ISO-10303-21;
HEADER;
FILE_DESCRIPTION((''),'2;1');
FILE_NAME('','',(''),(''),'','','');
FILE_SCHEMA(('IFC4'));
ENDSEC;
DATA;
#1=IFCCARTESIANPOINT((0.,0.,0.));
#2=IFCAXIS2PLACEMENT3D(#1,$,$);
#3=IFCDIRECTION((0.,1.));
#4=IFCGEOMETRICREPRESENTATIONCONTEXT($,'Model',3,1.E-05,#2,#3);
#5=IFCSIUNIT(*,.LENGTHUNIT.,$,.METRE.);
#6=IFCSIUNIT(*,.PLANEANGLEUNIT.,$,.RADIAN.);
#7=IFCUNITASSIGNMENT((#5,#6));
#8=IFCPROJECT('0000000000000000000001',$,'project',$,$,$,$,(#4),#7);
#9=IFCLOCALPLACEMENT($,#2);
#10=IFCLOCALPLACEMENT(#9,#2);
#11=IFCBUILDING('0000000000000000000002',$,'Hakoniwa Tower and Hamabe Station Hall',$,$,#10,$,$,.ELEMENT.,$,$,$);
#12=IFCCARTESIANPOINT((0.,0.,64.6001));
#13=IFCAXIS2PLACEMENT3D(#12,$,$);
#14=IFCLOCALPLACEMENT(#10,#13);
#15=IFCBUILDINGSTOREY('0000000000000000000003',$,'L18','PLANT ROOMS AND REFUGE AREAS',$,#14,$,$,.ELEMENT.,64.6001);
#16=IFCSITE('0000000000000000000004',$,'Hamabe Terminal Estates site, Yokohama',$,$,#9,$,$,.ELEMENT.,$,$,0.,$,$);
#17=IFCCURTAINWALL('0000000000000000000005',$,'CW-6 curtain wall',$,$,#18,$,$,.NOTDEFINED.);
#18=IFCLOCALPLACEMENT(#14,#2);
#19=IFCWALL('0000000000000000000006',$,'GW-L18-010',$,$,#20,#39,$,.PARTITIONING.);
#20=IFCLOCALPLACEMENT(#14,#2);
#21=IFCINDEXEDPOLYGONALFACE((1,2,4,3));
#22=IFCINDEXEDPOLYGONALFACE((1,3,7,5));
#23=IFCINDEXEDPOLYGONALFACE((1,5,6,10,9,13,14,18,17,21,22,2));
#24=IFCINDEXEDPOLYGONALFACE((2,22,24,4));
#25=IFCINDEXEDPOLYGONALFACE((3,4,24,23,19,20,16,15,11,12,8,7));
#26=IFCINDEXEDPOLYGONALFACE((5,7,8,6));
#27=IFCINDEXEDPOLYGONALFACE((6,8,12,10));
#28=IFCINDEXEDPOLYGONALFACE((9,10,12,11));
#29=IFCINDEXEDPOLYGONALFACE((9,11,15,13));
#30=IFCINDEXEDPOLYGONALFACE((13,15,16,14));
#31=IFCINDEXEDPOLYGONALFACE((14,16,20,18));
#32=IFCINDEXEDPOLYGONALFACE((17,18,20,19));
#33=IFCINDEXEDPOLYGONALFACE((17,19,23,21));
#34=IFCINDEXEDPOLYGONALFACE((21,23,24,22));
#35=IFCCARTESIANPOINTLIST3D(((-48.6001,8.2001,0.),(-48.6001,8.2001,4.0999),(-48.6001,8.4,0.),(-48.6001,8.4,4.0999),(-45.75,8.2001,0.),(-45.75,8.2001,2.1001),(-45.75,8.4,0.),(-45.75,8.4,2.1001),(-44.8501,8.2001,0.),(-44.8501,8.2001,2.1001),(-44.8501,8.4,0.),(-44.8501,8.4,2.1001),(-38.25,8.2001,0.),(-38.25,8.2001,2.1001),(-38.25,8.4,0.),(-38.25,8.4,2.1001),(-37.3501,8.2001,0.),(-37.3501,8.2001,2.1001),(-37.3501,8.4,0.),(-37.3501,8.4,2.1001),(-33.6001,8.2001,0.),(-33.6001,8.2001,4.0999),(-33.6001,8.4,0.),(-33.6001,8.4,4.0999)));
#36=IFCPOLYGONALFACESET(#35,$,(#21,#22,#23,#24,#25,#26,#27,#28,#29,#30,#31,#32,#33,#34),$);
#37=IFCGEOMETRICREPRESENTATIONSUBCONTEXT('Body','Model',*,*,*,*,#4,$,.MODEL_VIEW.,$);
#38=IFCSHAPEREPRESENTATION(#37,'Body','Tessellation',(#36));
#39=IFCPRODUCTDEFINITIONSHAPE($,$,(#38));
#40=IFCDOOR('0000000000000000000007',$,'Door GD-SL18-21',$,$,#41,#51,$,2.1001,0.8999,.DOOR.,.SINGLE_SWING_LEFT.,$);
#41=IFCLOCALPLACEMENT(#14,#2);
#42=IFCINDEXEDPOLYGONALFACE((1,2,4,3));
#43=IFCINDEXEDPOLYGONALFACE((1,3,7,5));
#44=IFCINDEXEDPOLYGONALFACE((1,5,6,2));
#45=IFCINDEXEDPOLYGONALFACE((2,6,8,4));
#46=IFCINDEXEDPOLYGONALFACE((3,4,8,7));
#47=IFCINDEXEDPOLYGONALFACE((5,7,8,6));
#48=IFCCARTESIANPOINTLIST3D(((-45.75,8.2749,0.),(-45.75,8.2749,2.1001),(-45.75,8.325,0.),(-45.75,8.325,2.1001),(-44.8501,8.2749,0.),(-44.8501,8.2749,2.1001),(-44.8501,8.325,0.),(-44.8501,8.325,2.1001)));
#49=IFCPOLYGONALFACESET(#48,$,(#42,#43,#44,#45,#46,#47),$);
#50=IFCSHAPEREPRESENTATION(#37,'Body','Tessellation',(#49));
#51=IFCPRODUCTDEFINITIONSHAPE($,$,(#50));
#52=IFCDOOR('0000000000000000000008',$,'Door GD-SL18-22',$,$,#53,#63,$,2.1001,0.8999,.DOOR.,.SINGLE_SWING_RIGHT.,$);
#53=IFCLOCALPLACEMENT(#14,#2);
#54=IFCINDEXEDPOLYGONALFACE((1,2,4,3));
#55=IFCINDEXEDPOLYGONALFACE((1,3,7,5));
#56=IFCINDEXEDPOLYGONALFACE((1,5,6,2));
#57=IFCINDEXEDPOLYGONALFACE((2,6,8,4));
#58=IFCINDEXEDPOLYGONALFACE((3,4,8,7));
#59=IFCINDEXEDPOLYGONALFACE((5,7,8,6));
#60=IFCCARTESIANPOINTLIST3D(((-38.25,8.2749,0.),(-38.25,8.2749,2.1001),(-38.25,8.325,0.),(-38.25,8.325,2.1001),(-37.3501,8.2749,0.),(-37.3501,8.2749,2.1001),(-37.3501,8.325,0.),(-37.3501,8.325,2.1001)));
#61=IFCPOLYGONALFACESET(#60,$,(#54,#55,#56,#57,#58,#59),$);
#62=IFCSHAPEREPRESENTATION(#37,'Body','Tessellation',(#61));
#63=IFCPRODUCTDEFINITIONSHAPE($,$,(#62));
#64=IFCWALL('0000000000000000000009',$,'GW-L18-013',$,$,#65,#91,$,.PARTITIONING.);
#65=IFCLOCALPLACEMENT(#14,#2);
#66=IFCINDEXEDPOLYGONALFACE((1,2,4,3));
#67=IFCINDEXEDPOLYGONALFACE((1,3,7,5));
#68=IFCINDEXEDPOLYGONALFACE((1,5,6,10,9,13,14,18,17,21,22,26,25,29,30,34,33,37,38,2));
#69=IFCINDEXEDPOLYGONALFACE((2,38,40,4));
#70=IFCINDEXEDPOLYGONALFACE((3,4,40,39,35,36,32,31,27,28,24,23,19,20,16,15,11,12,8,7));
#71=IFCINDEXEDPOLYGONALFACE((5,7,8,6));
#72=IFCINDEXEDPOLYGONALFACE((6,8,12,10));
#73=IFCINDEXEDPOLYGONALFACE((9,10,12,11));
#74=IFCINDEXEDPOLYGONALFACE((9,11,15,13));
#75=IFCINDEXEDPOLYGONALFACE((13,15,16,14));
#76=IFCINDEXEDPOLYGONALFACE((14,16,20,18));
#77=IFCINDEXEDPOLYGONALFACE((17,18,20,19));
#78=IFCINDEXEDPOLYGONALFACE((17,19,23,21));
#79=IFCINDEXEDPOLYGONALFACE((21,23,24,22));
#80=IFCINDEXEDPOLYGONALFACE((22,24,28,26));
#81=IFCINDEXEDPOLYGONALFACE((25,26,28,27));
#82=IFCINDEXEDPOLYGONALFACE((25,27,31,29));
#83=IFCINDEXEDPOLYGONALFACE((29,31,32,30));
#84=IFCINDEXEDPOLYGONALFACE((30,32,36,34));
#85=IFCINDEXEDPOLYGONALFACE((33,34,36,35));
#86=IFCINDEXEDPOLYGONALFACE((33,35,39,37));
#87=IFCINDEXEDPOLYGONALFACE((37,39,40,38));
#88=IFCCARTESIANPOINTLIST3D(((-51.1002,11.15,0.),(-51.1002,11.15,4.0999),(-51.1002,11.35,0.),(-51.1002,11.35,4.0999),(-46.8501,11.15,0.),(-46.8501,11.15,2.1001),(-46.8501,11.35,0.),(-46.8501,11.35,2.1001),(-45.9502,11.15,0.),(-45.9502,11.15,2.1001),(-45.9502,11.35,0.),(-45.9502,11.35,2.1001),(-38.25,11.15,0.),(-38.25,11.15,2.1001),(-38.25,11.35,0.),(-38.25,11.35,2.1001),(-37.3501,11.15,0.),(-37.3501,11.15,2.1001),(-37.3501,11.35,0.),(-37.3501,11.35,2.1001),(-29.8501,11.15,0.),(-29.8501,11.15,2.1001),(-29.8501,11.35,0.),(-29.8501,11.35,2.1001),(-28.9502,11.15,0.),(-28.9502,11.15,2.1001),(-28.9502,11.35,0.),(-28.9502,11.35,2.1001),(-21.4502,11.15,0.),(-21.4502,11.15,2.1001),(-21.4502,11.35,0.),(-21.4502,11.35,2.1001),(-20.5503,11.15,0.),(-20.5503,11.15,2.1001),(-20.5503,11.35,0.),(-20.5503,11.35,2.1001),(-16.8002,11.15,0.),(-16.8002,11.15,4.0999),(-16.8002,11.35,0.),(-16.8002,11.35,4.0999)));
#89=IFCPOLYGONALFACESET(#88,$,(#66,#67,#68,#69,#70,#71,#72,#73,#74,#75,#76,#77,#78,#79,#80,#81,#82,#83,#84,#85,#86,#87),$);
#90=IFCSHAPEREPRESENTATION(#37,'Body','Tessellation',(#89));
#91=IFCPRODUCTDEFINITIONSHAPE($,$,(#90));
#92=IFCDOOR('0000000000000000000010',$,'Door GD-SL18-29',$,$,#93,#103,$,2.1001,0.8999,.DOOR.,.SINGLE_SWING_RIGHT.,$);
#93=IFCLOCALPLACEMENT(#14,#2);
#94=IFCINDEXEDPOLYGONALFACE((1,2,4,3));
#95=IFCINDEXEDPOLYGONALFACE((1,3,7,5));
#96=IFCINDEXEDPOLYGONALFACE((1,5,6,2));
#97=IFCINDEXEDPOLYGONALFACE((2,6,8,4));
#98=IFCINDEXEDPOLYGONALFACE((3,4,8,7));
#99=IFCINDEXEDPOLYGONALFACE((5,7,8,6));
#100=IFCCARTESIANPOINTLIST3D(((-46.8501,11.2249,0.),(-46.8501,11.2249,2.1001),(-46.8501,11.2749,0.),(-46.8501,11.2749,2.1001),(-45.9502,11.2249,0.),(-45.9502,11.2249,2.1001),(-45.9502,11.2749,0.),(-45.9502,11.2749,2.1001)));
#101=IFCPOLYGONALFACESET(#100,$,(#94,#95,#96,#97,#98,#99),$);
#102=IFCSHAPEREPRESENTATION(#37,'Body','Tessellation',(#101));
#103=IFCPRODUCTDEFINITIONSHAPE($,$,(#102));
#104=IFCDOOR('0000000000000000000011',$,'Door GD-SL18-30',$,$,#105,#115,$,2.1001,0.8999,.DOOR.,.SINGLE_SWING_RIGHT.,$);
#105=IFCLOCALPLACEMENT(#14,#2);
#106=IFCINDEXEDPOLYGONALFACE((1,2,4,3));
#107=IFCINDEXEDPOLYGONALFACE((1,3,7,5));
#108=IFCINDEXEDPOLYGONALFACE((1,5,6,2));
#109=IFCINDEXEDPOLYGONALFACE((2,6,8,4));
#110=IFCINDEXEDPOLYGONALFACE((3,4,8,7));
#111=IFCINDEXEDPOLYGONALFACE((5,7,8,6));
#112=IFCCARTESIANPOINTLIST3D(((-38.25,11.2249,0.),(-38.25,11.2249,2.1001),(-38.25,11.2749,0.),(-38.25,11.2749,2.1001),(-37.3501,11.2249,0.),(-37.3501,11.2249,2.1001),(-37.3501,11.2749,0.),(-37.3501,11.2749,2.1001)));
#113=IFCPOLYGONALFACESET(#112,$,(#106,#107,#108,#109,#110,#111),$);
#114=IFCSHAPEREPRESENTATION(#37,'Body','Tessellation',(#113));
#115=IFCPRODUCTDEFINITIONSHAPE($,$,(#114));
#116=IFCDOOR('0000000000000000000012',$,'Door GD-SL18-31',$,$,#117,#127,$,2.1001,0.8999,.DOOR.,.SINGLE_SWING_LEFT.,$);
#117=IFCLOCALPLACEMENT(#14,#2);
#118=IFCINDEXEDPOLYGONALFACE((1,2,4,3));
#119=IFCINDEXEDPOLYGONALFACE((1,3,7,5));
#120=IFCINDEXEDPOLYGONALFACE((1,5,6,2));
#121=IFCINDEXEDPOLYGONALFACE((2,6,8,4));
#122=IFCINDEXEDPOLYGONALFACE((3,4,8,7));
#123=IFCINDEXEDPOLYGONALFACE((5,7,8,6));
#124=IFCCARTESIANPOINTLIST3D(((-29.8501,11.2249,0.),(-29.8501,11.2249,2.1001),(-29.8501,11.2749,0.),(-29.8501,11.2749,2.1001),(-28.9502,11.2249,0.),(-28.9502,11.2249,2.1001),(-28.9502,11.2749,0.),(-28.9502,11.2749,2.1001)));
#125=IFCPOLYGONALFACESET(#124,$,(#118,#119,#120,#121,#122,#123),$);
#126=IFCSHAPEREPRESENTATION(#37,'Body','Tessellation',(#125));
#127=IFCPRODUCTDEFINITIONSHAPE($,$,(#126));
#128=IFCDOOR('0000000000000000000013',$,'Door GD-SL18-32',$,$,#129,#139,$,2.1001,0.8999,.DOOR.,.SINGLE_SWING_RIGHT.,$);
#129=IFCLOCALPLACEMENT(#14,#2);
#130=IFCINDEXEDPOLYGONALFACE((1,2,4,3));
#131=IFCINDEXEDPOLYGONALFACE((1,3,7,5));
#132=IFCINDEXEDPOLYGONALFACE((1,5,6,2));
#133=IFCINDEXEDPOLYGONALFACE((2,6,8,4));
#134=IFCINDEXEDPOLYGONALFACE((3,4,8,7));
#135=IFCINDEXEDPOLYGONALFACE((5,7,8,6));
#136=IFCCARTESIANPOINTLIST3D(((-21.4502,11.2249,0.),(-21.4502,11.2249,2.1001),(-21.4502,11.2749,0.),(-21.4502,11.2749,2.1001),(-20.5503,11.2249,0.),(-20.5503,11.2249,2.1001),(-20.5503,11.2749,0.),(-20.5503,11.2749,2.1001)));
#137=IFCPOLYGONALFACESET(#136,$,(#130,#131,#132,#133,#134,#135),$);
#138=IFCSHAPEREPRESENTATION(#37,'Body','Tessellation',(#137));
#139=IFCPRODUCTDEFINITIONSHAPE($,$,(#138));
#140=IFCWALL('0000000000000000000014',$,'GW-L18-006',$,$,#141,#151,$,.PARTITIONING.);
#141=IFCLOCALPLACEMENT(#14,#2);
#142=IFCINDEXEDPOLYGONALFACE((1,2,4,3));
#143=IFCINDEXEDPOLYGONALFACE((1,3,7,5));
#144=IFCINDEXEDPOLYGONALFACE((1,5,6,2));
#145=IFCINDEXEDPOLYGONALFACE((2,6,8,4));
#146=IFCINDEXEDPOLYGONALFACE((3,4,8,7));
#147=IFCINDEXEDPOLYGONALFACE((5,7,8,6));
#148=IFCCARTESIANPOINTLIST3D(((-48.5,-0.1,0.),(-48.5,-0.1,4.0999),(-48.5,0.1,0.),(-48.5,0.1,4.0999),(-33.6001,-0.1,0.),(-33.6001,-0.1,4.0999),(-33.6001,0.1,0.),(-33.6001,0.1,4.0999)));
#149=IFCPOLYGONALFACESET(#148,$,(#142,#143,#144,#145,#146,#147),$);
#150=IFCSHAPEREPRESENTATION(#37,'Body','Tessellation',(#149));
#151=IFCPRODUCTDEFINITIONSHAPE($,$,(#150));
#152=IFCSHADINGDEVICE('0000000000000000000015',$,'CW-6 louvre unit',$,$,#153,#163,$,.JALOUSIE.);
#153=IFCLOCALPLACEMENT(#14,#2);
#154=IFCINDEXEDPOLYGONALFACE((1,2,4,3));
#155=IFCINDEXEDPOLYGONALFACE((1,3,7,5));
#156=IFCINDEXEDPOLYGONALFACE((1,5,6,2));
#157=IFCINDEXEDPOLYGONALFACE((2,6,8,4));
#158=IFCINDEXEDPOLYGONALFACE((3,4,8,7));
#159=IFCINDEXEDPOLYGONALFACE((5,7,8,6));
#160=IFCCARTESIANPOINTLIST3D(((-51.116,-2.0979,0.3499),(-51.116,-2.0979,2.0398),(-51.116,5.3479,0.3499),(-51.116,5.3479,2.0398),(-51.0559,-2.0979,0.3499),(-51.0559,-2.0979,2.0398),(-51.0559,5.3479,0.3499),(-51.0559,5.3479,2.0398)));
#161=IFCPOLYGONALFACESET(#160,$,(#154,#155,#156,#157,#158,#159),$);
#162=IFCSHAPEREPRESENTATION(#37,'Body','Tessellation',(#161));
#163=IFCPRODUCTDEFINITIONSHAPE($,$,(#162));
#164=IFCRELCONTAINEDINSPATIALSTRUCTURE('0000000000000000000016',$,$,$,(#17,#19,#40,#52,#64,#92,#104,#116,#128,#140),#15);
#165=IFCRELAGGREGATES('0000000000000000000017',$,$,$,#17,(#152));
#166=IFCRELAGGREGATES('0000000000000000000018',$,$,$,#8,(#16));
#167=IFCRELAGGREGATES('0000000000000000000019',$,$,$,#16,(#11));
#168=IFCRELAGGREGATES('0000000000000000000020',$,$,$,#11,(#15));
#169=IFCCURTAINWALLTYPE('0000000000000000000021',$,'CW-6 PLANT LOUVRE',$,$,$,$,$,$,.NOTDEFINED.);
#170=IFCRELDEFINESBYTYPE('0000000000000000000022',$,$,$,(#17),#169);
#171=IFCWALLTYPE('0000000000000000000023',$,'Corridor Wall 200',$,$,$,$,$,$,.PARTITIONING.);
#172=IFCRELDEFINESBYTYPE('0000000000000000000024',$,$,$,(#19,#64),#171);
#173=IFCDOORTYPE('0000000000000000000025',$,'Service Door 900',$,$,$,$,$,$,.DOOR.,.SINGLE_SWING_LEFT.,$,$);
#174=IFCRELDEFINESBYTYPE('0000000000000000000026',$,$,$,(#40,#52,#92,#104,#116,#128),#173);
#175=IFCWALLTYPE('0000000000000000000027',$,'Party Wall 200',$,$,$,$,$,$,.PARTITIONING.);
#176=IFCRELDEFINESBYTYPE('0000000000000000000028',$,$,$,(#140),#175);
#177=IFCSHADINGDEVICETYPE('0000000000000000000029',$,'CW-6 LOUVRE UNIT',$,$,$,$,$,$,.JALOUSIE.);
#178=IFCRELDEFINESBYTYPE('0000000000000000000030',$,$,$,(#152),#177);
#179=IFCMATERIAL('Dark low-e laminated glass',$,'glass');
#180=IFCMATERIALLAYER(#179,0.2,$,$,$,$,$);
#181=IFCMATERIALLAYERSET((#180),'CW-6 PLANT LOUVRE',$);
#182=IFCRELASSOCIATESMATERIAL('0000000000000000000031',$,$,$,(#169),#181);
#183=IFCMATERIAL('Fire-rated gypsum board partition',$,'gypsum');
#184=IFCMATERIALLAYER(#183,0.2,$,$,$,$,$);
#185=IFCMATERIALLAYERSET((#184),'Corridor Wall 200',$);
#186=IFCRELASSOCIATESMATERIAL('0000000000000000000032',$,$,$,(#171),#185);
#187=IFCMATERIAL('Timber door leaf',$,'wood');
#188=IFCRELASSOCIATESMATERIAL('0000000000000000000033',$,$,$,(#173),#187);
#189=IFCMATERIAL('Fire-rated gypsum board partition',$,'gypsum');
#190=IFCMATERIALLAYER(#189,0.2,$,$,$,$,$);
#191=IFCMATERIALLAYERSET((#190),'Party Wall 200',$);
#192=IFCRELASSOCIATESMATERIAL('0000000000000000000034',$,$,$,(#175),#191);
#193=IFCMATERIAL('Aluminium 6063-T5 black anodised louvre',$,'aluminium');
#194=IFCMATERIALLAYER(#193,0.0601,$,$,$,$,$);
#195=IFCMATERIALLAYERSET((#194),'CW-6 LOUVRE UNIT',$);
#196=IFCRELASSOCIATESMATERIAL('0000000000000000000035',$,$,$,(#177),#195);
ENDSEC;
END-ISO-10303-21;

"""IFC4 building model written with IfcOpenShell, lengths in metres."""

from ifc_helpers import new_model, si_unit, direction, frame, frame_2d, origin, origin_2d, place, context, subcontext, project, spatial, rectangle, extrude, material, layer, layer_set, type_object, element, fill, aggregate, save


model = new_model("IFC4")

# Units and contexts
model_context = context("Model", 3, precision=1e-05, world=origin(), true_north=direction((0.0, 1.0)))
body_context = subcontext(model_context, "Body", "Model", "MODEL_VIEW")
ifc_project = project(units=[si_unit("LENGTHUNIT", "METRE"), si_unit("PLANEANGLEUNIT", "RADIAN")], contexts=[model_context])

# Site, building, storey
site_placement = place(None, origin())
site = spatial("IfcSite", under=ifc_project, at=site_placement, Name="Hamabe Terminal Estates site, Yokohama", CompositionType="ELEMENT", RefElevation=0.0)
building_placement = place(site_placement, origin())
building = spatial("IfcBuilding", under=site, at=building_placement, Name="Hakoniwa Tower and Hamabe Station Hall", CompositionType="ELEMENT")
storey_placement = place(building_placement, frame((0.0, 0.0, 64.6001)))
storey = spatial("IfcBuildingStorey", under=building, at=storey_placement, Name="L18", Description="PLANT ROOMS AND REFUGE AREAS", CompositionType="ELEMENT", Elevation=64.6001)

# Curtain wall
ifc_material_1 = material(Name="Dark low-e laminated glass", Category="glass")
ifc_layer_1 = layer(ifc_material_1, 0.2)
ifc_layer_set_1 = layer_set([ifc_layer_1], Name="CW-6 PLANT LOUVRE")
curtain_wall_type = type_object("IfcCurtainWallType", Name="CW-6 PLANT LOUVRE", PredefinedType="NOTDEFINED", material=ifc_layer_set_1)
curtain_wall_placement = place(storey_placement, origin())
curtain_wall = element("IfcCurtainWall", 1, at=curtain_wall_placement, inside=storey, type_object=curtain_wall_type, Name="CW-6 curtain wall", PredefinedType="NOTDEFINED")

# Walls, openings, doors
ifc_material_2 = material(Name="Fire-rated gypsum board partition", Category="gypsum")
ifc_layer_2 = layer(ifc_material_2, 0.2)
ifc_layer_set_2 = layer_set([ifc_layer_2], Name="Corridor Wall 200")
wall_type_1 = type_object("IfcWallType", Name="Corridor Wall 200", PredefinedType="PARTITIONING", material=ifc_layer_set_2)
wall_1_placement = place(storey_placement, frame((-48.6001, 8.3, 0.0), z_axis=(0.0, 0.0, 1.0), x_axis=(1.0, 0.0, 0.0)))
wall_1 = element("IfcWall", 2, at=wall_1_placement, inside=storey, type_object=wall_type_1, Name="GW-L18-010", PredefinedType="PARTITIONING", context=body_context, shape_type="SweptSolid", body=[
    extrude(rectangle(XDim=15.0, YDim=0.2, at=frame_2d((7.5, 0.0))), origin(), (0.0, 0.0, 1.0), 4.0999),
])
opening_1_placement = place(wall_1_placement, frame((2.8501, 0.0, 0.0)))
opening_1 = element("IfcOpeningElement", 3, at=opening_1_placement, cuts=wall_1, PredefinedType="OPENING", context=body_context, shape_type="SweptSolid", body=[
    extrude(rectangle(XDim=0.8999, YDim=2.1001, at=frame_2d((0.45, 1.05))), frame((0.0, 0.1099, 0.0), z_axis=(0.0, -1.0, 0.0), x_axis=(1.0, 0.0, 0.0)), (0.0, 0.0, 1.0), 0.22),
])
opening_2_placement = place(wall_1_placement, frame((10.3501, 0.0, 0.0)))
opening_2 = element("IfcOpeningElement", 4, at=opening_2_placement, cuts=wall_1, PredefinedType="OPENING", context=body_context, shape_type="SweptSolid", body=[
    extrude(rectangle(XDim=0.8999, YDim=2.1001, at=frame_2d((0.45, 1.05))), frame((0.0, 0.1099, 0.0), z_axis=(0.0, -1.0, 0.0), x_axis=(1.0, 0.0, 0.0)), (0.0, 0.0, 1.0), 0.22),
])
ifc_material_3 = material(Name="Timber door leaf", Category="wood")
door_type = type_object("IfcDoorType", Name="Service Door 900", OperationType="SINGLE_SWING_LEFT", PredefinedType="DOOR", material=ifc_material_3)
door_1_placement = place(opening_1_placement, origin())
door_1 = element("IfcDoor", 5, at=door_1_placement, inside=storey, type_object=door_type, Name="Door GD-SL18-21", OperationType="SINGLE_SWING_LEFT", OverallHeight=2.1001, OverallWidth=0.8999, PredefinedType="DOOR", context=body_context, shape_type="SweptSolid", body=[
    extrude(rectangle(XDim=0.8999, YDim=2.1001, at=frame_2d((0.45, 1.05))), frame((0.0, 0.0249, 0.0), z_axis=(0.0, -1.0, 0.0), x_axis=(1.0, 0.0, 0.0)), (0.0, 0.0, 1.0), 0.05),
])
fill(opening_1, door_1)
door_2_placement = place(opening_2_placement, origin())
door_2 = element("IfcDoor", 6, at=door_2_placement, inside=storey, type_object=door_type, Name="Door GD-SL18-22", OperationType="SINGLE_SWING_RIGHT", OverallHeight=2.1001, OverallWidth=0.8999, PredefinedType="DOOR", context=body_context, shape_type="SweptSolid", body=[
    extrude(rectangle(XDim=0.8999, YDim=2.1001, at=frame_2d((0.45, 1.05))), frame((0.0, 0.0249, 0.0), z_axis=(0.0, -1.0, 0.0), x_axis=(1.0, 0.0, 0.0)), (0.0, 0.0, 1.0), 0.05),
])
fill(opening_2, door_2)
wall_2_placement = place(storey_placement, frame((-51.1001, 11.25, 0.0), z_axis=(0.0, 0.0, 1.0), x_axis=(1.0, 0.0, 0.0)))
wall_2 = element("IfcWall", 7, at=wall_2_placement, inside=storey, type_object=wall_type_1, Name="GW-L18-013", PredefinedType="PARTITIONING", context=body_context, shape_type="SweptSolid", body=[
    extrude(rectangle(XDim=34.3, YDim=0.2, at=frame_2d((17.1499, 0.0))), origin(), (0.0, 0.0, 1.0), 4.0999),
])
opening_3_placement = place(wall_2_placement, frame((4.25, 0.0, 0.0)))
opening_3 = element("IfcOpeningElement", 8, at=opening_3_placement, cuts=wall_2, PredefinedType="OPENING", context=body_context, shape_type="SweptSolid", body=[
    extrude(rectangle(XDim=0.8999, YDim=2.1001, at=frame_2d((0.45, 1.05))), frame((0.0, 0.1099, 0.0), z_axis=(0.0, -1.0, 0.0), x_axis=(1.0, 0.0, 0.0)), (0.0, 0.0, 1.0), 0.22),
])
opening_4_placement = place(wall_2_placement, frame((12.8501, 0.0, 0.0)))
opening_4 = element("IfcOpeningElement", 9, at=opening_4_placement, cuts=wall_2, PredefinedType="OPENING", context=body_context, shape_type="SweptSolid", body=[
    extrude(rectangle(XDim=0.8999, YDim=2.1001, at=frame_2d((0.45, 1.05))), frame((0.0, 0.1099, 0.0), z_axis=(0.0, -1.0, 0.0), x_axis=(1.0, 0.0, 0.0)), (0.0, 0.0, 1.0), 0.22),
])
opening_5_placement = place(wall_2_placement, frame((21.25, 0.0, 0.0)))
opening_5 = element("IfcOpeningElement", 10, at=opening_5_placement, cuts=wall_2, PredefinedType="OPENING", context=body_context, shape_type="SweptSolid", body=[
    extrude(rectangle(XDim=0.8999, YDim=2.1001, at=frame_2d((0.45, 1.05))), frame((0.0, 0.1099, 0.0), z_axis=(0.0, -1.0, 0.0), x_axis=(1.0, 0.0, 0.0)), (0.0, 0.0, 1.0), 0.22),
])
opening_6_placement = place(wall_2_placement, frame((29.6499, 0.0, 0.0)))
opening_6 = element("IfcOpeningElement", 11, at=opening_6_placement, cuts=wall_2, PredefinedType="OPENING", context=body_context, shape_type="SweptSolid", body=[
    extrude(rectangle(XDim=0.8999, YDim=2.1001, at=frame_2d((0.45, 1.05))), frame((0.0, 0.1099, 0.0), z_axis=(0.0, -1.0, 0.0), x_axis=(1.0, 0.0, 0.0)), (0.0, 0.0, 1.0), 0.22),
])
door_3_placement = place(opening_3_placement, origin())
door_3 = element("IfcDoor", 12, at=door_3_placement, inside=storey, type_object=door_type, Name="Door GD-SL18-29", OperationType="SINGLE_SWING_RIGHT", OverallHeight=2.1001, OverallWidth=0.8999, PredefinedType="DOOR", context=body_context, shape_type="SweptSolid", body=[
    extrude(rectangle(XDim=0.8999, YDim=2.1001, at=frame_2d((0.45, 1.05))), frame((0.0, 0.0249, 0.0), z_axis=(0.0, -1.0, 0.0), x_axis=(1.0, 0.0, 0.0)), (0.0, 0.0, 1.0), 0.05),
])
fill(opening_3, door_3)
door_4_placement = place(opening_4_placement, origin())
door_4 = element("IfcDoor", 13, at=door_4_placement, inside=storey, type_object=door_type, Name="Door GD-SL18-30", OperationType="SINGLE_SWING_RIGHT", OverallHeight=2.1001, OverallWidth=0.8999, PredefinedType="DOOR", context=body_context, shape_type="SweptSolid", body=[
    extrude(rectangle(XDim=0.8999, YDim=2.1001, at=frame_2d((0.45, 1.05))), frame((0.0, 0.0249, 0.0), z_axis=(0.0, -1.0, 0.0), x_axis=(1.0, 0.0, 0.0)), (0.0, 0.0, 1.0), 0.05),
])
fill(opening_4, door_4)
door_5_placement = place(opening_5_placement, origin())
door_5 = element("IfcDoor", 14, at=door_5_placement, inside=storey, type_object=door_type, Name="Door GD-SL18-31", OperationType="SINGLE_SWING_LEFT", OverallHeight=2.1001, OverallWidth=0.8999, PredefinedType="DOOR", context=body_context, shape_type="SweptSolid", body=[
    extrude(rectangle(XDim=0.8999, YDim=2.1001, at=frame_2d((0.45, 1.05))), frame((0.0, 0.0249, 0.0), z_axis=(0.0, -1.0, 0.0), x_axis=(1.0, 0.0, 0.0)), (0.0, 0.0, 1.0), 0.05),
])
fill(opening_5, door_5)
door_6_placement = place(opening_6_placement, origin())
door_6 = element("IfcDoor", 15, at=door_6_placement, inside=storey, type_object=door_type, Name="Door GD-SL18-32", OperationType="SINGLE_SWING_RIGHT", OverallHeight=2.1001, OverallWidth=0.8999, PredefinedType="DOOR", context=body_context, shape_type="SweptSolid", body=[
    extrude(rectangle(XDim=0.8999, YDim=2.1001, at=frame_2d((0.45, 1.05))), frame((0.0, 0.0249, 0.0), z_axis=(0.0, -1.0, 0.0), x_axis=(1.0, 0.0, 0.0)), (0.0, 0.0, 1.0), 0.05),
])
fill(opening_6, door_6)

# Wall
ifc_material_4 = material(Name="Fire-rated gypsum board partition", Category="gypsum")
ifc_layer_3 = layer(ifc_material_4, 0.2)
ifc_layer_set_3 = layer_set([ifc_layer_3], Name="Party Wall 200")
wall_type_2 = type_object("IfcWallType", Name="Party Wall 200", PredefinedType="PARTITIONING", material=ifc_layer_set_3)
wall_3_placement = place(storey_placement, frame((-48.5, 0.0, 0.0), z_axis=(0.0, 0.0, 1.0), x_axis=(1.0, 0.0, 0.0)))
element("IfcWall", 16, at=wall_3_placement, inside=storey, type_object=wall_type_2, Name="GW-L18-006", PredefinedType="PARTITIONING", context=body_context, shape_type="SweptSolid", body=[
    extrude(rectangle(XDim=14.8999, YDim=0.2, at=frame_2d((7.45, 0.0))), origin(), (0.0, 0.0, 1.0), 4.0999),
])

# Shading device
ifc_material_5 = material(Name="Aluminium 6063-T5 black anodised louvre", Category="aluminium")
ifc_layer_4 = layer(ifc_material_5, 0.0601)
ifc_layer_set_4 = layer_set([ifc_layer_4], Name="CW-6 LOUVRE UNIT")
shading_device_type = type_object("IfcShadingDeviceType", Name="CW-6 LOUVRE UNIT", PredefinedType="JALOUSIE", material=ifc_layer_set_4)
shading_device_1_placement = place(storey_placement, frame((-51.0859, 1.625, 0.3499), z_axis=(0.0, 0.0, 1.0), x_axis=(0.0, -1.0, 0.0)))
shading_device_1 = element("IfcShadingDevice", 17, at=shading_device_1_placement, type_object=shading_device_type, Name="CW-6 louvre unit", PredefinedType="JALOUSIE", context=body_context, shape_type="SweptSolid", body=[
    extrude(rectangle(XDim=7.4458, YDim=0.0601, at=origin_2d()), origin(), (0.0, 0.0, 1.0), 1.6899),
])
aggregate(curtain_wall, [shading_device_1])

save(model, "model.ifc")
